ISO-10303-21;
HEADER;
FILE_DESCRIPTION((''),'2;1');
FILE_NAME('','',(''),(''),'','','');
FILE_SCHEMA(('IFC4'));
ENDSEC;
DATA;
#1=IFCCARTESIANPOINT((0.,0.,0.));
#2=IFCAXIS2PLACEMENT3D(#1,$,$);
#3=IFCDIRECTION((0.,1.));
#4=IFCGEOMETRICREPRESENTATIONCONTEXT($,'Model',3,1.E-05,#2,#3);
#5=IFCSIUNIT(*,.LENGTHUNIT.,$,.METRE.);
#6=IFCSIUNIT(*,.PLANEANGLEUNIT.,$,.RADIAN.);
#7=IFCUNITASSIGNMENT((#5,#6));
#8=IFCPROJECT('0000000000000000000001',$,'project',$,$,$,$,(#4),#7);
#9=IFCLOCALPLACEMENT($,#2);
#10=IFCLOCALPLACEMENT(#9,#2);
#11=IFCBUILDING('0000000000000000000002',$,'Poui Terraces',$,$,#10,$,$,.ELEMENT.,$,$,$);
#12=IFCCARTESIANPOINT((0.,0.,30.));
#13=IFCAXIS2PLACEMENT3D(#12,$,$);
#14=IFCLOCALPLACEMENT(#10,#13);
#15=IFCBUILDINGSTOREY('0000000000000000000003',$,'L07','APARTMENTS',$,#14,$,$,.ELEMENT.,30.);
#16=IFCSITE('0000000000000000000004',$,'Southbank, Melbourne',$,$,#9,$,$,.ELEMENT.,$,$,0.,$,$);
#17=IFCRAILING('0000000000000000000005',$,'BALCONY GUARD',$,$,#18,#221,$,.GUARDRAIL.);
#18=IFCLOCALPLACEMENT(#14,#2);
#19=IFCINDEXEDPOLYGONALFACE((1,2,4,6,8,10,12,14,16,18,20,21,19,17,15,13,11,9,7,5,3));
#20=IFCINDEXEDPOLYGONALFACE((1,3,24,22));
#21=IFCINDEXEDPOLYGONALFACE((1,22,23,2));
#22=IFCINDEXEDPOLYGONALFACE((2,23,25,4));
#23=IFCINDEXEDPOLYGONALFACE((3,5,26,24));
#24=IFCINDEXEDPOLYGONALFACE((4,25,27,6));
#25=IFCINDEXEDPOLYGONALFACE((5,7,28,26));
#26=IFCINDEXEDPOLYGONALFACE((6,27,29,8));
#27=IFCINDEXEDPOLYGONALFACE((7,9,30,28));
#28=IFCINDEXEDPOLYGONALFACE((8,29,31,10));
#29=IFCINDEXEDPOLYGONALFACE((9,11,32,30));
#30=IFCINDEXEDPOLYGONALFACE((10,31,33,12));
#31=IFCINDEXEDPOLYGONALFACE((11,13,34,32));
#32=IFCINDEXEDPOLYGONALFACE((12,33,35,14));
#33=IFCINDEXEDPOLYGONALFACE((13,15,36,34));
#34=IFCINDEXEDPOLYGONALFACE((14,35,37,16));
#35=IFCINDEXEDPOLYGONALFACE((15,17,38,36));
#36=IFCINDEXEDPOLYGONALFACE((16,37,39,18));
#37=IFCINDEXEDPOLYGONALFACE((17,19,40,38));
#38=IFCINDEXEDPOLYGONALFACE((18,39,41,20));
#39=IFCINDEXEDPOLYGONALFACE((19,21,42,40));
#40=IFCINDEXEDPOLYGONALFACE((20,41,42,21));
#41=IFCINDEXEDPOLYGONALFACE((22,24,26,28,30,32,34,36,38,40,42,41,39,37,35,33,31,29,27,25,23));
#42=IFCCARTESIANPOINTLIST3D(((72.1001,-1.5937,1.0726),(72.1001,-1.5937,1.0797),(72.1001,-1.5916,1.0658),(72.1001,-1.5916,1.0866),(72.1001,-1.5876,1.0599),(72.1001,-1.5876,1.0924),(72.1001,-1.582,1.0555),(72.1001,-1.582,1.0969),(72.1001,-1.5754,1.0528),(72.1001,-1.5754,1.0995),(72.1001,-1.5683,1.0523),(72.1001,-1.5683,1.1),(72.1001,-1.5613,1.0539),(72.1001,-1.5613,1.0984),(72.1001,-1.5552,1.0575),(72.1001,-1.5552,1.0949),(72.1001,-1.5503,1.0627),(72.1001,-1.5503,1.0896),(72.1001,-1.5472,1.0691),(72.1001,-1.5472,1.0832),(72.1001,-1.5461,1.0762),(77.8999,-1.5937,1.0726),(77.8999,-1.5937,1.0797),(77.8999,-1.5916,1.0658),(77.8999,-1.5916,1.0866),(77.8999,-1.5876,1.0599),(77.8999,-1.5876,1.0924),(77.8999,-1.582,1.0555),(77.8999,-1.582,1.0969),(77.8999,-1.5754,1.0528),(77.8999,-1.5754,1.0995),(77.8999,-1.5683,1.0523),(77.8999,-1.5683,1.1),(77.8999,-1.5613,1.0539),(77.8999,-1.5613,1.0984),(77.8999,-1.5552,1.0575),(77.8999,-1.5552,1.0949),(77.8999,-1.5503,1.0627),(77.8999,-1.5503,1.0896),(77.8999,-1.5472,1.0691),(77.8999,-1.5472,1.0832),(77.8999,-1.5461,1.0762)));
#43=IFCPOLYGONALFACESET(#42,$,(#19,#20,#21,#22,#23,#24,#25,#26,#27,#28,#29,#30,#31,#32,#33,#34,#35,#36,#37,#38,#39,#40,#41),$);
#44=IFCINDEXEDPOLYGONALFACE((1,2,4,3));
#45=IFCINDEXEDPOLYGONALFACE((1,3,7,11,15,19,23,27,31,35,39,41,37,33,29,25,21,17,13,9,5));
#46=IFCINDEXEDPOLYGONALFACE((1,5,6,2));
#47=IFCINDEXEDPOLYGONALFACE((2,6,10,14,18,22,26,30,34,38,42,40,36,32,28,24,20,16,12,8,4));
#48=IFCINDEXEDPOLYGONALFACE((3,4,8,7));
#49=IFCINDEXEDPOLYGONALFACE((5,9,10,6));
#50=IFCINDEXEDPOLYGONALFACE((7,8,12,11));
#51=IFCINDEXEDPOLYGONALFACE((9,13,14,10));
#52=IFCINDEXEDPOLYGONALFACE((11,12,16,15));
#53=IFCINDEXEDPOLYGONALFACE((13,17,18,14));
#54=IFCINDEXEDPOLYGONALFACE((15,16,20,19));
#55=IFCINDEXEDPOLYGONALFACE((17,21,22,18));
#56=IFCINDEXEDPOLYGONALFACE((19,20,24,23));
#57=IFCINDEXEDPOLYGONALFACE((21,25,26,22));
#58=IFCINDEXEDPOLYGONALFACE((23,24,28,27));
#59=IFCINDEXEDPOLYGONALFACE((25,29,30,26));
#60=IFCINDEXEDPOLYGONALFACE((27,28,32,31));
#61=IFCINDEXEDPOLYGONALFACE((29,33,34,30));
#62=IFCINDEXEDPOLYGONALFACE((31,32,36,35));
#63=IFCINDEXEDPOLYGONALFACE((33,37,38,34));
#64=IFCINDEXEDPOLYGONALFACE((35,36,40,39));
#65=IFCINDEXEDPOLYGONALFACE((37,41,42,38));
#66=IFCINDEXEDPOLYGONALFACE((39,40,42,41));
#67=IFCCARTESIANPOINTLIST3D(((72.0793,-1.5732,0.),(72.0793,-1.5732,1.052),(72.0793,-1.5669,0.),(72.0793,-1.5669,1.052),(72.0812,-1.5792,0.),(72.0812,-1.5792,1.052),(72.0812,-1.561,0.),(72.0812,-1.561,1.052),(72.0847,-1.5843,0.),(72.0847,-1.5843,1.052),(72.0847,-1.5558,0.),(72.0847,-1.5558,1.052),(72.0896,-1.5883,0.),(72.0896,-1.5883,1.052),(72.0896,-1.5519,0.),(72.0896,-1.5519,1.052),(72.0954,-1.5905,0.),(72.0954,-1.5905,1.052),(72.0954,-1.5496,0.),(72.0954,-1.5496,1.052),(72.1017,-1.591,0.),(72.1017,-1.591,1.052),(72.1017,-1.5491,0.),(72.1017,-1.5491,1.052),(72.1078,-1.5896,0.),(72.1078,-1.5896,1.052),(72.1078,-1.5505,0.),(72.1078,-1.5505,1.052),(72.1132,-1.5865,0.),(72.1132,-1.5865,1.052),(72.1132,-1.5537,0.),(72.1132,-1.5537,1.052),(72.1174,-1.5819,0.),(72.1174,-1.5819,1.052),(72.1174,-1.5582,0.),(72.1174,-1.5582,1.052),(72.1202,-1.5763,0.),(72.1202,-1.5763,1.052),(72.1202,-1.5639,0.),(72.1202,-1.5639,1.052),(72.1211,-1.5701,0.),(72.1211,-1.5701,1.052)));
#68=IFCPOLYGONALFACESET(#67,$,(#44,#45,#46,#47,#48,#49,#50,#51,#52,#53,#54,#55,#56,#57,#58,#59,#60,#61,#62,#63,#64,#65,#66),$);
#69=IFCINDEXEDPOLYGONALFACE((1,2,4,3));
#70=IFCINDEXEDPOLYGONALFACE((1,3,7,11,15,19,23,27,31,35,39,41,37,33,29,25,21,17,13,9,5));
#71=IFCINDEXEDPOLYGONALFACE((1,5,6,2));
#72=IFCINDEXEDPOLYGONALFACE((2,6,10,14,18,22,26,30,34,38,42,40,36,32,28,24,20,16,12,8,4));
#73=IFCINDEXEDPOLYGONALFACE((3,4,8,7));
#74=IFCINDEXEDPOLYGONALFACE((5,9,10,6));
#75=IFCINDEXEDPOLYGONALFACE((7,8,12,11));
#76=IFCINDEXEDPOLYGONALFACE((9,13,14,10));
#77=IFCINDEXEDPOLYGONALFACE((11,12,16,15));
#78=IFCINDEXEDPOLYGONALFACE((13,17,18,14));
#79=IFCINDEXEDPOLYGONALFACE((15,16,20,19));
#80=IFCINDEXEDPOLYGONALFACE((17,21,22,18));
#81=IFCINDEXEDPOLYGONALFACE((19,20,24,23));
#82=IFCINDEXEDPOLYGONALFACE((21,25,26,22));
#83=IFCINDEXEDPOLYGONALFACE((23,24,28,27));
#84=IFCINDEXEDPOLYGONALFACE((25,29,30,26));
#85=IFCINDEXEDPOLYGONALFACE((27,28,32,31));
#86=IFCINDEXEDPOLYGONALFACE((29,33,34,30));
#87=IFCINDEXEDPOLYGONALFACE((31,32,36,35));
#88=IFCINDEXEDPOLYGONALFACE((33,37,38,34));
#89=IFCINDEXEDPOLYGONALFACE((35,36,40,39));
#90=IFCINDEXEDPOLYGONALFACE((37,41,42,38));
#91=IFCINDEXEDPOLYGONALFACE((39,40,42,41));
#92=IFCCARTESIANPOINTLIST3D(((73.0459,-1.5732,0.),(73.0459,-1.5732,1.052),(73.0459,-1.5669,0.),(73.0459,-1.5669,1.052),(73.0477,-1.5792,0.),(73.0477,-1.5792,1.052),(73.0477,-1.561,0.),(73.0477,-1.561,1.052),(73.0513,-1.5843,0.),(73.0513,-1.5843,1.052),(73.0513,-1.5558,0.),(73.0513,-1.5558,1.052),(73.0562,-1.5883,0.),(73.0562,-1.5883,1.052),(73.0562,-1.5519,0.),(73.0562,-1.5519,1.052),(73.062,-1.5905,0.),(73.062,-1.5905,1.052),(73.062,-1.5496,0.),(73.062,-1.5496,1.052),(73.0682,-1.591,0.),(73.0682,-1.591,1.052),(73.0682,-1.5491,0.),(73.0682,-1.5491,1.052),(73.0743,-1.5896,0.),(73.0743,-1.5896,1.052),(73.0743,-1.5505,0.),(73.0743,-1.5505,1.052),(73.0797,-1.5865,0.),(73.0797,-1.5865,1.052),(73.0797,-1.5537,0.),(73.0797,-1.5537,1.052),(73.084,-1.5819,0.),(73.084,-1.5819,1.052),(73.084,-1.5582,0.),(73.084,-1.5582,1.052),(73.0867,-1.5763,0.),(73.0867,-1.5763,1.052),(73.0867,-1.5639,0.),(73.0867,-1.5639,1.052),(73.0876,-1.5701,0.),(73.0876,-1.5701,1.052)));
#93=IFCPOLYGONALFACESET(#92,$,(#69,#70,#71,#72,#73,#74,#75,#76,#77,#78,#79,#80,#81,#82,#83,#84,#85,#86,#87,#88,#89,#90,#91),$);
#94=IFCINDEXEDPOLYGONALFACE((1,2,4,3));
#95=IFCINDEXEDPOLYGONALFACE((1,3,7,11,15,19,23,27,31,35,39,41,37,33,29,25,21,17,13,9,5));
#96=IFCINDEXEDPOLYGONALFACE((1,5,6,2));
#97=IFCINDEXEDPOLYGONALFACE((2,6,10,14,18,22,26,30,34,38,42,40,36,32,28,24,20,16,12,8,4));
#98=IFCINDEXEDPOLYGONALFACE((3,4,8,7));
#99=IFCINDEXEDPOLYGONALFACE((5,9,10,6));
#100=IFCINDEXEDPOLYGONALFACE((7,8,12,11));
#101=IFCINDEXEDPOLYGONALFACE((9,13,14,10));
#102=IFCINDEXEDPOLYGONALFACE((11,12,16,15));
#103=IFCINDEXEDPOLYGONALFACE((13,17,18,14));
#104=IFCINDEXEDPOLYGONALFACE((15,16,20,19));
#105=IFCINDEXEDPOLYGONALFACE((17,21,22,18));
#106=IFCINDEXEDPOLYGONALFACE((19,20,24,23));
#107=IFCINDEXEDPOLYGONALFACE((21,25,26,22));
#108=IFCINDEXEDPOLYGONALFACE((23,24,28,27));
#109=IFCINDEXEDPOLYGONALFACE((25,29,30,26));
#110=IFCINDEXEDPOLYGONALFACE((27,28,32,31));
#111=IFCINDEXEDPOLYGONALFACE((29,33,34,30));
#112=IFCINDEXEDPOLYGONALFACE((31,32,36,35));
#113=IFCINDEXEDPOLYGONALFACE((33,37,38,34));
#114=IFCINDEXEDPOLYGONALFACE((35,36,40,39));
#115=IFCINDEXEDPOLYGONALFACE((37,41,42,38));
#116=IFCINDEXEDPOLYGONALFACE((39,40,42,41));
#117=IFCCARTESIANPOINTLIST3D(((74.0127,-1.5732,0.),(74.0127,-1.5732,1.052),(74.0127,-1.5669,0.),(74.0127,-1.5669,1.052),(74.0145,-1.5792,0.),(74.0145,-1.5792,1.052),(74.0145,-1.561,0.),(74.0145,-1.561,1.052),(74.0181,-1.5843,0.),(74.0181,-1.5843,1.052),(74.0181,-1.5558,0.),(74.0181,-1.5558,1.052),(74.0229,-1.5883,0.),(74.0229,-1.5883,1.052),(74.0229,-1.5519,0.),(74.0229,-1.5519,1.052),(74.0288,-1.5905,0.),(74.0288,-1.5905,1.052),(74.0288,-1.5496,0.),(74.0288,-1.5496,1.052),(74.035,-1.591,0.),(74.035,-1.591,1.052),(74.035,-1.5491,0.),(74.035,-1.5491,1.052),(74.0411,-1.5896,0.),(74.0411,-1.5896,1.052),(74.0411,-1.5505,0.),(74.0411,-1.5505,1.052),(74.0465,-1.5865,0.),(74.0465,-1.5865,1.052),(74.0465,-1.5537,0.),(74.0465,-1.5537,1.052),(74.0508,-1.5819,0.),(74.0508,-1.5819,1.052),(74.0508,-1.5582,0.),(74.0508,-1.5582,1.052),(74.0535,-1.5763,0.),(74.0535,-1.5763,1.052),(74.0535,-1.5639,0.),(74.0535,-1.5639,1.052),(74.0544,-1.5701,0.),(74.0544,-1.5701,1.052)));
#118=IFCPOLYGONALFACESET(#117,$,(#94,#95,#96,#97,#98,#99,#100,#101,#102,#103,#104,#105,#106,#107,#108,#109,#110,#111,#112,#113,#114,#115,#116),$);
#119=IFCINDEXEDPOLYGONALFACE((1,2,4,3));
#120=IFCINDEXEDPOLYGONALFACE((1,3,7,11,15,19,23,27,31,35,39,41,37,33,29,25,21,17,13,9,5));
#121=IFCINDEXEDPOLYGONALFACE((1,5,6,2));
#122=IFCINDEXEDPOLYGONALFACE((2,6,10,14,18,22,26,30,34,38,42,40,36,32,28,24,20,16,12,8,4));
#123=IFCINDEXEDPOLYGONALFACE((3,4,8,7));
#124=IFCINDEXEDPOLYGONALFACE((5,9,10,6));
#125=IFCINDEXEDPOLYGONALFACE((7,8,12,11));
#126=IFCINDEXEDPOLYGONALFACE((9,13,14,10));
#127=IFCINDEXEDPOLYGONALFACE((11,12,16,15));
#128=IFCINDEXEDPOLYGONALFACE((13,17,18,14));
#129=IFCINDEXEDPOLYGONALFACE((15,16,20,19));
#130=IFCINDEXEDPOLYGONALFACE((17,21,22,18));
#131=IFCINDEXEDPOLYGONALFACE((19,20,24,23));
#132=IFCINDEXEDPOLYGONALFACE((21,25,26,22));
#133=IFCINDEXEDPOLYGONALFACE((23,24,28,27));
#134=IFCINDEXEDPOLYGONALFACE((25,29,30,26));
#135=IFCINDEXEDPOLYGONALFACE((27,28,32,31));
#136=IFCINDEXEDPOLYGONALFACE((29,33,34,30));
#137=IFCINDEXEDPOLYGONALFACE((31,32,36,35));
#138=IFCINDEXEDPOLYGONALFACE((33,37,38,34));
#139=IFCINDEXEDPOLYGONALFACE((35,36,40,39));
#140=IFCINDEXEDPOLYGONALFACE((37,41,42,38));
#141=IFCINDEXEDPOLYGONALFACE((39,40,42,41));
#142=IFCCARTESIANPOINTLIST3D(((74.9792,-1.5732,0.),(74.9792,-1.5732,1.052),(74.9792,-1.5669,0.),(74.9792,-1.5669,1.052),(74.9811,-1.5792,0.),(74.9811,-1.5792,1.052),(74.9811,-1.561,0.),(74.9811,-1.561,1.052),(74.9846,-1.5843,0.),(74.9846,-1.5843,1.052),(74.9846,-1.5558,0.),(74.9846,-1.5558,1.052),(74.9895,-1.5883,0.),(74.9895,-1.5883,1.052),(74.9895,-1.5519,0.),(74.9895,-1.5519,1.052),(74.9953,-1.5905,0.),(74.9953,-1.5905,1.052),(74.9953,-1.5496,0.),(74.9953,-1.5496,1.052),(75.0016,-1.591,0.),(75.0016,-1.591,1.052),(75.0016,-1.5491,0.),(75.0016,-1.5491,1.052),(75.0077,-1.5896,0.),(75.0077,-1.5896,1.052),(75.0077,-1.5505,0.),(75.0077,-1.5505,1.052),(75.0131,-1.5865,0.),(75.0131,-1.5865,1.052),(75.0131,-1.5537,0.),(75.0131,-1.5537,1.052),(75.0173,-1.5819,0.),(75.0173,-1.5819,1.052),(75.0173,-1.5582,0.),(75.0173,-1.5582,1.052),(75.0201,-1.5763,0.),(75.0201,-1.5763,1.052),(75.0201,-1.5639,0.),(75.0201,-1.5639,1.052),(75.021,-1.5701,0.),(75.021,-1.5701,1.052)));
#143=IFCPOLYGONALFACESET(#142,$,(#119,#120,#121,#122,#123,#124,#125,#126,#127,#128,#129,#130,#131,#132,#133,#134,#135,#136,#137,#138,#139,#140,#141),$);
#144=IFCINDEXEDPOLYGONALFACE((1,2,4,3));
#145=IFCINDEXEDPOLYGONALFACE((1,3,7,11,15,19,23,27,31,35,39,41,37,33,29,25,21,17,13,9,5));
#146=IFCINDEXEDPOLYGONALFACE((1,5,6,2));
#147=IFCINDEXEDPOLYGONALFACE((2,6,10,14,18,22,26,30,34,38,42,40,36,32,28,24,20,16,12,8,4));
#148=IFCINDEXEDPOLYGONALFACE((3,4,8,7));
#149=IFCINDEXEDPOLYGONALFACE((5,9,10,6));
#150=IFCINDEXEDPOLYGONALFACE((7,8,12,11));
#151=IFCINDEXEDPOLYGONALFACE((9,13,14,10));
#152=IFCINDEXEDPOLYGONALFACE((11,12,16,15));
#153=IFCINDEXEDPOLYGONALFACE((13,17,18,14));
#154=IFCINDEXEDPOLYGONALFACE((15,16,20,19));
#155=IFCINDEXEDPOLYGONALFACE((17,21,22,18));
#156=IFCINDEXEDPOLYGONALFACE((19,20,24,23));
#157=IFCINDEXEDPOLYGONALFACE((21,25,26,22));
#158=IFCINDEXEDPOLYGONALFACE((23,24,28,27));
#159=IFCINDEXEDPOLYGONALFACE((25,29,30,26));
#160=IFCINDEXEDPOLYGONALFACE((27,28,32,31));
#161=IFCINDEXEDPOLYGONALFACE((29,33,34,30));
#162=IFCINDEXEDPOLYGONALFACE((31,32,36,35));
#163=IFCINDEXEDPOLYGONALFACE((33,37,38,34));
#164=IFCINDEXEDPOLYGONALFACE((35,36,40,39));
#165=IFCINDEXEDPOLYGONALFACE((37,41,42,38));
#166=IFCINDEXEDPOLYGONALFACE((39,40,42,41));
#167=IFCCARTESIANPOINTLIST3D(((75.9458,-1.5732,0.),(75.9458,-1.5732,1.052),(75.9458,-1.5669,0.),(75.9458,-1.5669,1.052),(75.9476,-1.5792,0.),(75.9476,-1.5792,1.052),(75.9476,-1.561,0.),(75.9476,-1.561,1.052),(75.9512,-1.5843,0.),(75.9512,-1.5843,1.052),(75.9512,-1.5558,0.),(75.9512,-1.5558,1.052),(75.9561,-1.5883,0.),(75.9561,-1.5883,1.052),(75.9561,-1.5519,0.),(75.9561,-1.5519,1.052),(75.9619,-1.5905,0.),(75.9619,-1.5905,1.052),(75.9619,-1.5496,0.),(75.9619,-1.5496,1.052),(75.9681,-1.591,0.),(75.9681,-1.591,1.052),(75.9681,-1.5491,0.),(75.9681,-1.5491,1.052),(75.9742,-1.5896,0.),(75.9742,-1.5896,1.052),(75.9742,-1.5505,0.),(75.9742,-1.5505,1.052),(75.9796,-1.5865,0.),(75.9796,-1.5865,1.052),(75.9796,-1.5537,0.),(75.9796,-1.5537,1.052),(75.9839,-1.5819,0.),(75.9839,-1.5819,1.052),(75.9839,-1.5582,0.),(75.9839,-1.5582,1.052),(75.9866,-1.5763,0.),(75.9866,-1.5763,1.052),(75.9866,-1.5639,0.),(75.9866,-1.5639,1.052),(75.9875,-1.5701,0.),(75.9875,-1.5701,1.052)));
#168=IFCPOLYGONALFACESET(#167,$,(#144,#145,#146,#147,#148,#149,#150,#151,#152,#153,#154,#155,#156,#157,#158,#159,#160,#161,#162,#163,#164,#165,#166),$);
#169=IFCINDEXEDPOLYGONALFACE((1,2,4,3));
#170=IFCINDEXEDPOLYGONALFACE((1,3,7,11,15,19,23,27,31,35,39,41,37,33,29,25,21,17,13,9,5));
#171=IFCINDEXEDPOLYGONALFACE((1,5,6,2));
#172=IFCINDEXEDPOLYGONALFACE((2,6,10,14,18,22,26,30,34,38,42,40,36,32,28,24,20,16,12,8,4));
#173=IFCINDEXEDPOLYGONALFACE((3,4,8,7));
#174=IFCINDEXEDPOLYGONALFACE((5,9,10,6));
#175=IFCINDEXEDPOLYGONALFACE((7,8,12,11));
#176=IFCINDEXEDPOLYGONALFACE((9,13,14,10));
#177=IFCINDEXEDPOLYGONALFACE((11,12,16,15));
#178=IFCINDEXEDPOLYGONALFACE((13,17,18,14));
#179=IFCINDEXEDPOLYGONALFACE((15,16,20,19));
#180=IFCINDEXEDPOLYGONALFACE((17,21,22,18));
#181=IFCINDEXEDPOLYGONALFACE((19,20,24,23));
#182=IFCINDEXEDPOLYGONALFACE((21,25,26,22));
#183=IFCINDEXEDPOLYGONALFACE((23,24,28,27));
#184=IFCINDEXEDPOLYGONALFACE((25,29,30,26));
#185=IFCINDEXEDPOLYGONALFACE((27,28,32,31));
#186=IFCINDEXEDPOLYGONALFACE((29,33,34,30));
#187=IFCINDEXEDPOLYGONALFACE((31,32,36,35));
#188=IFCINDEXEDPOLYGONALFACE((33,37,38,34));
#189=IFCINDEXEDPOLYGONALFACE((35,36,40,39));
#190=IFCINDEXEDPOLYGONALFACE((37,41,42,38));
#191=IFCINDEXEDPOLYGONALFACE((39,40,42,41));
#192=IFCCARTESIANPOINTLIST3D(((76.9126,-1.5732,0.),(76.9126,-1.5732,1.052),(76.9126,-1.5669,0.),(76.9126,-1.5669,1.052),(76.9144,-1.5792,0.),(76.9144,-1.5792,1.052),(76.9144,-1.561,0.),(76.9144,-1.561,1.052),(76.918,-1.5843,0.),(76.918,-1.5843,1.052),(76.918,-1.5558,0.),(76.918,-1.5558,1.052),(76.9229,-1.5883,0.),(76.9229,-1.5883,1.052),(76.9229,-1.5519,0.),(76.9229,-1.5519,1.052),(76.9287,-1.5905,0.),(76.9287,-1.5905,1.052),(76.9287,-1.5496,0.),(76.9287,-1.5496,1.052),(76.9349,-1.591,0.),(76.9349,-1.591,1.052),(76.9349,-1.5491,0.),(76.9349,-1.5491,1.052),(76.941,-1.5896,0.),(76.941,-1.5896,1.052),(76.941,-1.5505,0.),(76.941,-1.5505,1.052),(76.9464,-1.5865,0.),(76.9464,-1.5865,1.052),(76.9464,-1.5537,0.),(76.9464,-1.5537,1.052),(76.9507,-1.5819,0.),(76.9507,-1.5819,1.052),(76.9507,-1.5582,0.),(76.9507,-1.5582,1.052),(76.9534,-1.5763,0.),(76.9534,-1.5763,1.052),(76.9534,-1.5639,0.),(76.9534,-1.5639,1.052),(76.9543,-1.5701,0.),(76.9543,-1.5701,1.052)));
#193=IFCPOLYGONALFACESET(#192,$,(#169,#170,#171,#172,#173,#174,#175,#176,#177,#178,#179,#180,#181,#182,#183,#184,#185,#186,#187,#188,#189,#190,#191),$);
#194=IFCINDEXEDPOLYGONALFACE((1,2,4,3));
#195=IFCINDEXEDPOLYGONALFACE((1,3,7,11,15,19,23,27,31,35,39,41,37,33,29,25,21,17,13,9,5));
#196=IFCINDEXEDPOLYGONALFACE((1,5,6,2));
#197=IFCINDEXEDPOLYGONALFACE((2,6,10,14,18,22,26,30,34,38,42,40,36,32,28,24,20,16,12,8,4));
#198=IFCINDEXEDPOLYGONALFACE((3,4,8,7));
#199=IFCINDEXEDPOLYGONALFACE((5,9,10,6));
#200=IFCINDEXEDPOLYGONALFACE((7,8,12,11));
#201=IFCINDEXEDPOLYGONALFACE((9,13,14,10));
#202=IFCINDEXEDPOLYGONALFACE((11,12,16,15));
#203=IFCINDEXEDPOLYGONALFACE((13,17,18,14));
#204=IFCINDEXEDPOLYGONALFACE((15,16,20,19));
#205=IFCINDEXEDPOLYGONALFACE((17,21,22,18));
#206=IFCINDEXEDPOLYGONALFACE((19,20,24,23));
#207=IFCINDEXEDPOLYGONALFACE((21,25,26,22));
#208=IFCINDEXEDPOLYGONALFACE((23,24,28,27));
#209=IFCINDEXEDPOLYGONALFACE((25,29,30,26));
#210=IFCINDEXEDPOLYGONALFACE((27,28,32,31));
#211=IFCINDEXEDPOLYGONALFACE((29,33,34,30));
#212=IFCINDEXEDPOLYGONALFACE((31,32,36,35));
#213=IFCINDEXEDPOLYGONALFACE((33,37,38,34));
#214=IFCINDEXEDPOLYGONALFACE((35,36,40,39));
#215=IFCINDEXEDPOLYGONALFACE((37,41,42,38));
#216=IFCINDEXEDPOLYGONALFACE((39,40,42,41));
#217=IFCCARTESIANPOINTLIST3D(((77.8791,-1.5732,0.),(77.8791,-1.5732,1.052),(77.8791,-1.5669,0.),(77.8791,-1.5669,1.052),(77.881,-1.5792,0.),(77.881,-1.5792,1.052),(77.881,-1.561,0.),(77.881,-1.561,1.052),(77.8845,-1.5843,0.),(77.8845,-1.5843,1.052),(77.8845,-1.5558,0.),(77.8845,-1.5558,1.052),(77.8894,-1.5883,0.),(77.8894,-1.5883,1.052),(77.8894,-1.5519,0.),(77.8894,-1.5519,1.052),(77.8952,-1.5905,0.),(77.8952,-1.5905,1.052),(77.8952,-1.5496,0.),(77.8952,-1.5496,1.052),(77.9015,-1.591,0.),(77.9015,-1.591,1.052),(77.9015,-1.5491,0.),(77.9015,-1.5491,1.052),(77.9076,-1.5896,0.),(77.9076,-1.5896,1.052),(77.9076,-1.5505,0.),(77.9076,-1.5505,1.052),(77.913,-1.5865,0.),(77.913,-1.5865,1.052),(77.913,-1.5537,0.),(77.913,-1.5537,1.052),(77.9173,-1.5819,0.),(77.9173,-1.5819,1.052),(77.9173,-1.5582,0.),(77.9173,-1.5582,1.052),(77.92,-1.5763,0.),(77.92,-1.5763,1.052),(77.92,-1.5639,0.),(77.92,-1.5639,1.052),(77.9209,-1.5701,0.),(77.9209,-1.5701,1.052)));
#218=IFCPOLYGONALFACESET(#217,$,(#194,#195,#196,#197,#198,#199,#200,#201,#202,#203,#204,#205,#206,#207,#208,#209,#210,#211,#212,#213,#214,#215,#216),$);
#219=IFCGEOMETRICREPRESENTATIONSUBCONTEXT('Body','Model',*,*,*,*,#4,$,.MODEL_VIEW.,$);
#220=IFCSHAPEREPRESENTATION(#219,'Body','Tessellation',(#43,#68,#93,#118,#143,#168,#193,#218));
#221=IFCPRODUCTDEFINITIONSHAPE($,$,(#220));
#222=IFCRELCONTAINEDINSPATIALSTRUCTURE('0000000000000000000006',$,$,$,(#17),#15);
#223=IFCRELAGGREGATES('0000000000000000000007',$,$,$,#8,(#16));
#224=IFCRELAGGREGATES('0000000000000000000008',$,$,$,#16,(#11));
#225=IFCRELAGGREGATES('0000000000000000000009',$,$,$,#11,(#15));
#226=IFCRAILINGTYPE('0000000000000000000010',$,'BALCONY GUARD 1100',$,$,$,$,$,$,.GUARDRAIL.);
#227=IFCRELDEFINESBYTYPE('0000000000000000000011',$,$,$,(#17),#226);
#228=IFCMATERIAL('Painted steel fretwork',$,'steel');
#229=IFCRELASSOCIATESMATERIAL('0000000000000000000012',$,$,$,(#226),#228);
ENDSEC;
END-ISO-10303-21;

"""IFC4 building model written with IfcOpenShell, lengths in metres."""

from ifc_helpers import new_model, si_unit, direction, frame, origin, origin_2d, place, context, subcontext, project, spatial, circle, extrude, material, type_object, element, save


model = new_model("IFC4")

# Units and contexts
model_context = context("Model", 3, precision=1e-05, world=origin(), true_north=direction((0.0, 1.0)))
body_context = subcontext(model_context, "Body", "Model", "MODEL_VIEW")
ifc_project = project(units=[si_unit("LENGTHUNIT", "METRE"), si_unit("PLANEANGLEUNIT", "RADIAN")], contexts=[model_context])

# Site, building, storey
site_placement = place(None, origin())
site = spatial("IfcSite", under=ifc_project, at=site_placement, Name="Southbank, Melbourne", CompositionType="ELEMENT", RefElevation=0.0)
building_placement = place(site_placement, origin())
building = spatial("IfcBuilding", under=site, at=building_placement, Name="Poui Terraces", CompositionType="ELEMENT")
storey_placement = place(building_placement, frame((0.0, 0.0, 30.0)))
storey = spatial("IfcBuildingStorey", under=building, at=storey_placement, Name="L07", Description="APARTMENTS", CompositionType="ELEMENT", Elevation=30.0)

# Railing
ifc_material_1 = material(Name="Painted steel fretwork", Category="steel")
railing_type = type_object("IfcRailingType", Name="BALCONY GUARD 1100", PredefinedType="GUARDRAIL", material=ifc_material_1)
railing_placement = place(storey_placement, frame((72.1001, -1.5701, 0.0)))
element("IfcRailing", 1, at=railing_placement, inside=storey, type_object=railing_type, Name="BALCONY GUARD", PredefinedType="GUARDRAIL", context=body_context, shape_type="SweptSolid", body=[
    extrude(circle(Radius=0.0239, at=origin_2d()), frame((0.0, 0.0, 1.0762), z_axis=(1.0, 0.0, 0.0), x_axis=(0.0, 1.0, 0.0)), (0.0, 0.0, 1.0), 5.7998),
    extrude(circle(Radius=0.021, at=origin_2d()), origin(), (0.0, 0.0, 1.0), 1.052),
    extrude(circle(Radius=0.021, at=origin_2d()), frame((0.9666, 0.0, 0.0)), (0.0, 0.0, 1.0), 1.052),
    extrude(circle(Radius=0.021, at=origin_2d()), frame((1.9333, 0.0, 0.0)), (0.0, 0.0, 1.0), 1.052),
    extrude(circle(Radius=0.021, at=origin_2d()), frame((2.8999, 0.0, 0.0)), (0.0, 0.0, 1.0), 1.052),
    extrude(circle(Radius=0.021, at=origin_2d()), frame((3.8665, 0.0, 0.0)), (0.0, 0.0, 1.0), 1.052),
    extrude(circle(Radius=0.021, at=origin_2d()), frame((4.8333, 0.0, 0.0)), (0.0, 0.0, 1.0), 1.052),
    extrude(circle(Radius=0.021, at=origin_2d()), frame((5.7998, 0.0, 0.0)), (0.0, 0.0, 1.0), 1.052),
])

save(model, "model.ifc")
